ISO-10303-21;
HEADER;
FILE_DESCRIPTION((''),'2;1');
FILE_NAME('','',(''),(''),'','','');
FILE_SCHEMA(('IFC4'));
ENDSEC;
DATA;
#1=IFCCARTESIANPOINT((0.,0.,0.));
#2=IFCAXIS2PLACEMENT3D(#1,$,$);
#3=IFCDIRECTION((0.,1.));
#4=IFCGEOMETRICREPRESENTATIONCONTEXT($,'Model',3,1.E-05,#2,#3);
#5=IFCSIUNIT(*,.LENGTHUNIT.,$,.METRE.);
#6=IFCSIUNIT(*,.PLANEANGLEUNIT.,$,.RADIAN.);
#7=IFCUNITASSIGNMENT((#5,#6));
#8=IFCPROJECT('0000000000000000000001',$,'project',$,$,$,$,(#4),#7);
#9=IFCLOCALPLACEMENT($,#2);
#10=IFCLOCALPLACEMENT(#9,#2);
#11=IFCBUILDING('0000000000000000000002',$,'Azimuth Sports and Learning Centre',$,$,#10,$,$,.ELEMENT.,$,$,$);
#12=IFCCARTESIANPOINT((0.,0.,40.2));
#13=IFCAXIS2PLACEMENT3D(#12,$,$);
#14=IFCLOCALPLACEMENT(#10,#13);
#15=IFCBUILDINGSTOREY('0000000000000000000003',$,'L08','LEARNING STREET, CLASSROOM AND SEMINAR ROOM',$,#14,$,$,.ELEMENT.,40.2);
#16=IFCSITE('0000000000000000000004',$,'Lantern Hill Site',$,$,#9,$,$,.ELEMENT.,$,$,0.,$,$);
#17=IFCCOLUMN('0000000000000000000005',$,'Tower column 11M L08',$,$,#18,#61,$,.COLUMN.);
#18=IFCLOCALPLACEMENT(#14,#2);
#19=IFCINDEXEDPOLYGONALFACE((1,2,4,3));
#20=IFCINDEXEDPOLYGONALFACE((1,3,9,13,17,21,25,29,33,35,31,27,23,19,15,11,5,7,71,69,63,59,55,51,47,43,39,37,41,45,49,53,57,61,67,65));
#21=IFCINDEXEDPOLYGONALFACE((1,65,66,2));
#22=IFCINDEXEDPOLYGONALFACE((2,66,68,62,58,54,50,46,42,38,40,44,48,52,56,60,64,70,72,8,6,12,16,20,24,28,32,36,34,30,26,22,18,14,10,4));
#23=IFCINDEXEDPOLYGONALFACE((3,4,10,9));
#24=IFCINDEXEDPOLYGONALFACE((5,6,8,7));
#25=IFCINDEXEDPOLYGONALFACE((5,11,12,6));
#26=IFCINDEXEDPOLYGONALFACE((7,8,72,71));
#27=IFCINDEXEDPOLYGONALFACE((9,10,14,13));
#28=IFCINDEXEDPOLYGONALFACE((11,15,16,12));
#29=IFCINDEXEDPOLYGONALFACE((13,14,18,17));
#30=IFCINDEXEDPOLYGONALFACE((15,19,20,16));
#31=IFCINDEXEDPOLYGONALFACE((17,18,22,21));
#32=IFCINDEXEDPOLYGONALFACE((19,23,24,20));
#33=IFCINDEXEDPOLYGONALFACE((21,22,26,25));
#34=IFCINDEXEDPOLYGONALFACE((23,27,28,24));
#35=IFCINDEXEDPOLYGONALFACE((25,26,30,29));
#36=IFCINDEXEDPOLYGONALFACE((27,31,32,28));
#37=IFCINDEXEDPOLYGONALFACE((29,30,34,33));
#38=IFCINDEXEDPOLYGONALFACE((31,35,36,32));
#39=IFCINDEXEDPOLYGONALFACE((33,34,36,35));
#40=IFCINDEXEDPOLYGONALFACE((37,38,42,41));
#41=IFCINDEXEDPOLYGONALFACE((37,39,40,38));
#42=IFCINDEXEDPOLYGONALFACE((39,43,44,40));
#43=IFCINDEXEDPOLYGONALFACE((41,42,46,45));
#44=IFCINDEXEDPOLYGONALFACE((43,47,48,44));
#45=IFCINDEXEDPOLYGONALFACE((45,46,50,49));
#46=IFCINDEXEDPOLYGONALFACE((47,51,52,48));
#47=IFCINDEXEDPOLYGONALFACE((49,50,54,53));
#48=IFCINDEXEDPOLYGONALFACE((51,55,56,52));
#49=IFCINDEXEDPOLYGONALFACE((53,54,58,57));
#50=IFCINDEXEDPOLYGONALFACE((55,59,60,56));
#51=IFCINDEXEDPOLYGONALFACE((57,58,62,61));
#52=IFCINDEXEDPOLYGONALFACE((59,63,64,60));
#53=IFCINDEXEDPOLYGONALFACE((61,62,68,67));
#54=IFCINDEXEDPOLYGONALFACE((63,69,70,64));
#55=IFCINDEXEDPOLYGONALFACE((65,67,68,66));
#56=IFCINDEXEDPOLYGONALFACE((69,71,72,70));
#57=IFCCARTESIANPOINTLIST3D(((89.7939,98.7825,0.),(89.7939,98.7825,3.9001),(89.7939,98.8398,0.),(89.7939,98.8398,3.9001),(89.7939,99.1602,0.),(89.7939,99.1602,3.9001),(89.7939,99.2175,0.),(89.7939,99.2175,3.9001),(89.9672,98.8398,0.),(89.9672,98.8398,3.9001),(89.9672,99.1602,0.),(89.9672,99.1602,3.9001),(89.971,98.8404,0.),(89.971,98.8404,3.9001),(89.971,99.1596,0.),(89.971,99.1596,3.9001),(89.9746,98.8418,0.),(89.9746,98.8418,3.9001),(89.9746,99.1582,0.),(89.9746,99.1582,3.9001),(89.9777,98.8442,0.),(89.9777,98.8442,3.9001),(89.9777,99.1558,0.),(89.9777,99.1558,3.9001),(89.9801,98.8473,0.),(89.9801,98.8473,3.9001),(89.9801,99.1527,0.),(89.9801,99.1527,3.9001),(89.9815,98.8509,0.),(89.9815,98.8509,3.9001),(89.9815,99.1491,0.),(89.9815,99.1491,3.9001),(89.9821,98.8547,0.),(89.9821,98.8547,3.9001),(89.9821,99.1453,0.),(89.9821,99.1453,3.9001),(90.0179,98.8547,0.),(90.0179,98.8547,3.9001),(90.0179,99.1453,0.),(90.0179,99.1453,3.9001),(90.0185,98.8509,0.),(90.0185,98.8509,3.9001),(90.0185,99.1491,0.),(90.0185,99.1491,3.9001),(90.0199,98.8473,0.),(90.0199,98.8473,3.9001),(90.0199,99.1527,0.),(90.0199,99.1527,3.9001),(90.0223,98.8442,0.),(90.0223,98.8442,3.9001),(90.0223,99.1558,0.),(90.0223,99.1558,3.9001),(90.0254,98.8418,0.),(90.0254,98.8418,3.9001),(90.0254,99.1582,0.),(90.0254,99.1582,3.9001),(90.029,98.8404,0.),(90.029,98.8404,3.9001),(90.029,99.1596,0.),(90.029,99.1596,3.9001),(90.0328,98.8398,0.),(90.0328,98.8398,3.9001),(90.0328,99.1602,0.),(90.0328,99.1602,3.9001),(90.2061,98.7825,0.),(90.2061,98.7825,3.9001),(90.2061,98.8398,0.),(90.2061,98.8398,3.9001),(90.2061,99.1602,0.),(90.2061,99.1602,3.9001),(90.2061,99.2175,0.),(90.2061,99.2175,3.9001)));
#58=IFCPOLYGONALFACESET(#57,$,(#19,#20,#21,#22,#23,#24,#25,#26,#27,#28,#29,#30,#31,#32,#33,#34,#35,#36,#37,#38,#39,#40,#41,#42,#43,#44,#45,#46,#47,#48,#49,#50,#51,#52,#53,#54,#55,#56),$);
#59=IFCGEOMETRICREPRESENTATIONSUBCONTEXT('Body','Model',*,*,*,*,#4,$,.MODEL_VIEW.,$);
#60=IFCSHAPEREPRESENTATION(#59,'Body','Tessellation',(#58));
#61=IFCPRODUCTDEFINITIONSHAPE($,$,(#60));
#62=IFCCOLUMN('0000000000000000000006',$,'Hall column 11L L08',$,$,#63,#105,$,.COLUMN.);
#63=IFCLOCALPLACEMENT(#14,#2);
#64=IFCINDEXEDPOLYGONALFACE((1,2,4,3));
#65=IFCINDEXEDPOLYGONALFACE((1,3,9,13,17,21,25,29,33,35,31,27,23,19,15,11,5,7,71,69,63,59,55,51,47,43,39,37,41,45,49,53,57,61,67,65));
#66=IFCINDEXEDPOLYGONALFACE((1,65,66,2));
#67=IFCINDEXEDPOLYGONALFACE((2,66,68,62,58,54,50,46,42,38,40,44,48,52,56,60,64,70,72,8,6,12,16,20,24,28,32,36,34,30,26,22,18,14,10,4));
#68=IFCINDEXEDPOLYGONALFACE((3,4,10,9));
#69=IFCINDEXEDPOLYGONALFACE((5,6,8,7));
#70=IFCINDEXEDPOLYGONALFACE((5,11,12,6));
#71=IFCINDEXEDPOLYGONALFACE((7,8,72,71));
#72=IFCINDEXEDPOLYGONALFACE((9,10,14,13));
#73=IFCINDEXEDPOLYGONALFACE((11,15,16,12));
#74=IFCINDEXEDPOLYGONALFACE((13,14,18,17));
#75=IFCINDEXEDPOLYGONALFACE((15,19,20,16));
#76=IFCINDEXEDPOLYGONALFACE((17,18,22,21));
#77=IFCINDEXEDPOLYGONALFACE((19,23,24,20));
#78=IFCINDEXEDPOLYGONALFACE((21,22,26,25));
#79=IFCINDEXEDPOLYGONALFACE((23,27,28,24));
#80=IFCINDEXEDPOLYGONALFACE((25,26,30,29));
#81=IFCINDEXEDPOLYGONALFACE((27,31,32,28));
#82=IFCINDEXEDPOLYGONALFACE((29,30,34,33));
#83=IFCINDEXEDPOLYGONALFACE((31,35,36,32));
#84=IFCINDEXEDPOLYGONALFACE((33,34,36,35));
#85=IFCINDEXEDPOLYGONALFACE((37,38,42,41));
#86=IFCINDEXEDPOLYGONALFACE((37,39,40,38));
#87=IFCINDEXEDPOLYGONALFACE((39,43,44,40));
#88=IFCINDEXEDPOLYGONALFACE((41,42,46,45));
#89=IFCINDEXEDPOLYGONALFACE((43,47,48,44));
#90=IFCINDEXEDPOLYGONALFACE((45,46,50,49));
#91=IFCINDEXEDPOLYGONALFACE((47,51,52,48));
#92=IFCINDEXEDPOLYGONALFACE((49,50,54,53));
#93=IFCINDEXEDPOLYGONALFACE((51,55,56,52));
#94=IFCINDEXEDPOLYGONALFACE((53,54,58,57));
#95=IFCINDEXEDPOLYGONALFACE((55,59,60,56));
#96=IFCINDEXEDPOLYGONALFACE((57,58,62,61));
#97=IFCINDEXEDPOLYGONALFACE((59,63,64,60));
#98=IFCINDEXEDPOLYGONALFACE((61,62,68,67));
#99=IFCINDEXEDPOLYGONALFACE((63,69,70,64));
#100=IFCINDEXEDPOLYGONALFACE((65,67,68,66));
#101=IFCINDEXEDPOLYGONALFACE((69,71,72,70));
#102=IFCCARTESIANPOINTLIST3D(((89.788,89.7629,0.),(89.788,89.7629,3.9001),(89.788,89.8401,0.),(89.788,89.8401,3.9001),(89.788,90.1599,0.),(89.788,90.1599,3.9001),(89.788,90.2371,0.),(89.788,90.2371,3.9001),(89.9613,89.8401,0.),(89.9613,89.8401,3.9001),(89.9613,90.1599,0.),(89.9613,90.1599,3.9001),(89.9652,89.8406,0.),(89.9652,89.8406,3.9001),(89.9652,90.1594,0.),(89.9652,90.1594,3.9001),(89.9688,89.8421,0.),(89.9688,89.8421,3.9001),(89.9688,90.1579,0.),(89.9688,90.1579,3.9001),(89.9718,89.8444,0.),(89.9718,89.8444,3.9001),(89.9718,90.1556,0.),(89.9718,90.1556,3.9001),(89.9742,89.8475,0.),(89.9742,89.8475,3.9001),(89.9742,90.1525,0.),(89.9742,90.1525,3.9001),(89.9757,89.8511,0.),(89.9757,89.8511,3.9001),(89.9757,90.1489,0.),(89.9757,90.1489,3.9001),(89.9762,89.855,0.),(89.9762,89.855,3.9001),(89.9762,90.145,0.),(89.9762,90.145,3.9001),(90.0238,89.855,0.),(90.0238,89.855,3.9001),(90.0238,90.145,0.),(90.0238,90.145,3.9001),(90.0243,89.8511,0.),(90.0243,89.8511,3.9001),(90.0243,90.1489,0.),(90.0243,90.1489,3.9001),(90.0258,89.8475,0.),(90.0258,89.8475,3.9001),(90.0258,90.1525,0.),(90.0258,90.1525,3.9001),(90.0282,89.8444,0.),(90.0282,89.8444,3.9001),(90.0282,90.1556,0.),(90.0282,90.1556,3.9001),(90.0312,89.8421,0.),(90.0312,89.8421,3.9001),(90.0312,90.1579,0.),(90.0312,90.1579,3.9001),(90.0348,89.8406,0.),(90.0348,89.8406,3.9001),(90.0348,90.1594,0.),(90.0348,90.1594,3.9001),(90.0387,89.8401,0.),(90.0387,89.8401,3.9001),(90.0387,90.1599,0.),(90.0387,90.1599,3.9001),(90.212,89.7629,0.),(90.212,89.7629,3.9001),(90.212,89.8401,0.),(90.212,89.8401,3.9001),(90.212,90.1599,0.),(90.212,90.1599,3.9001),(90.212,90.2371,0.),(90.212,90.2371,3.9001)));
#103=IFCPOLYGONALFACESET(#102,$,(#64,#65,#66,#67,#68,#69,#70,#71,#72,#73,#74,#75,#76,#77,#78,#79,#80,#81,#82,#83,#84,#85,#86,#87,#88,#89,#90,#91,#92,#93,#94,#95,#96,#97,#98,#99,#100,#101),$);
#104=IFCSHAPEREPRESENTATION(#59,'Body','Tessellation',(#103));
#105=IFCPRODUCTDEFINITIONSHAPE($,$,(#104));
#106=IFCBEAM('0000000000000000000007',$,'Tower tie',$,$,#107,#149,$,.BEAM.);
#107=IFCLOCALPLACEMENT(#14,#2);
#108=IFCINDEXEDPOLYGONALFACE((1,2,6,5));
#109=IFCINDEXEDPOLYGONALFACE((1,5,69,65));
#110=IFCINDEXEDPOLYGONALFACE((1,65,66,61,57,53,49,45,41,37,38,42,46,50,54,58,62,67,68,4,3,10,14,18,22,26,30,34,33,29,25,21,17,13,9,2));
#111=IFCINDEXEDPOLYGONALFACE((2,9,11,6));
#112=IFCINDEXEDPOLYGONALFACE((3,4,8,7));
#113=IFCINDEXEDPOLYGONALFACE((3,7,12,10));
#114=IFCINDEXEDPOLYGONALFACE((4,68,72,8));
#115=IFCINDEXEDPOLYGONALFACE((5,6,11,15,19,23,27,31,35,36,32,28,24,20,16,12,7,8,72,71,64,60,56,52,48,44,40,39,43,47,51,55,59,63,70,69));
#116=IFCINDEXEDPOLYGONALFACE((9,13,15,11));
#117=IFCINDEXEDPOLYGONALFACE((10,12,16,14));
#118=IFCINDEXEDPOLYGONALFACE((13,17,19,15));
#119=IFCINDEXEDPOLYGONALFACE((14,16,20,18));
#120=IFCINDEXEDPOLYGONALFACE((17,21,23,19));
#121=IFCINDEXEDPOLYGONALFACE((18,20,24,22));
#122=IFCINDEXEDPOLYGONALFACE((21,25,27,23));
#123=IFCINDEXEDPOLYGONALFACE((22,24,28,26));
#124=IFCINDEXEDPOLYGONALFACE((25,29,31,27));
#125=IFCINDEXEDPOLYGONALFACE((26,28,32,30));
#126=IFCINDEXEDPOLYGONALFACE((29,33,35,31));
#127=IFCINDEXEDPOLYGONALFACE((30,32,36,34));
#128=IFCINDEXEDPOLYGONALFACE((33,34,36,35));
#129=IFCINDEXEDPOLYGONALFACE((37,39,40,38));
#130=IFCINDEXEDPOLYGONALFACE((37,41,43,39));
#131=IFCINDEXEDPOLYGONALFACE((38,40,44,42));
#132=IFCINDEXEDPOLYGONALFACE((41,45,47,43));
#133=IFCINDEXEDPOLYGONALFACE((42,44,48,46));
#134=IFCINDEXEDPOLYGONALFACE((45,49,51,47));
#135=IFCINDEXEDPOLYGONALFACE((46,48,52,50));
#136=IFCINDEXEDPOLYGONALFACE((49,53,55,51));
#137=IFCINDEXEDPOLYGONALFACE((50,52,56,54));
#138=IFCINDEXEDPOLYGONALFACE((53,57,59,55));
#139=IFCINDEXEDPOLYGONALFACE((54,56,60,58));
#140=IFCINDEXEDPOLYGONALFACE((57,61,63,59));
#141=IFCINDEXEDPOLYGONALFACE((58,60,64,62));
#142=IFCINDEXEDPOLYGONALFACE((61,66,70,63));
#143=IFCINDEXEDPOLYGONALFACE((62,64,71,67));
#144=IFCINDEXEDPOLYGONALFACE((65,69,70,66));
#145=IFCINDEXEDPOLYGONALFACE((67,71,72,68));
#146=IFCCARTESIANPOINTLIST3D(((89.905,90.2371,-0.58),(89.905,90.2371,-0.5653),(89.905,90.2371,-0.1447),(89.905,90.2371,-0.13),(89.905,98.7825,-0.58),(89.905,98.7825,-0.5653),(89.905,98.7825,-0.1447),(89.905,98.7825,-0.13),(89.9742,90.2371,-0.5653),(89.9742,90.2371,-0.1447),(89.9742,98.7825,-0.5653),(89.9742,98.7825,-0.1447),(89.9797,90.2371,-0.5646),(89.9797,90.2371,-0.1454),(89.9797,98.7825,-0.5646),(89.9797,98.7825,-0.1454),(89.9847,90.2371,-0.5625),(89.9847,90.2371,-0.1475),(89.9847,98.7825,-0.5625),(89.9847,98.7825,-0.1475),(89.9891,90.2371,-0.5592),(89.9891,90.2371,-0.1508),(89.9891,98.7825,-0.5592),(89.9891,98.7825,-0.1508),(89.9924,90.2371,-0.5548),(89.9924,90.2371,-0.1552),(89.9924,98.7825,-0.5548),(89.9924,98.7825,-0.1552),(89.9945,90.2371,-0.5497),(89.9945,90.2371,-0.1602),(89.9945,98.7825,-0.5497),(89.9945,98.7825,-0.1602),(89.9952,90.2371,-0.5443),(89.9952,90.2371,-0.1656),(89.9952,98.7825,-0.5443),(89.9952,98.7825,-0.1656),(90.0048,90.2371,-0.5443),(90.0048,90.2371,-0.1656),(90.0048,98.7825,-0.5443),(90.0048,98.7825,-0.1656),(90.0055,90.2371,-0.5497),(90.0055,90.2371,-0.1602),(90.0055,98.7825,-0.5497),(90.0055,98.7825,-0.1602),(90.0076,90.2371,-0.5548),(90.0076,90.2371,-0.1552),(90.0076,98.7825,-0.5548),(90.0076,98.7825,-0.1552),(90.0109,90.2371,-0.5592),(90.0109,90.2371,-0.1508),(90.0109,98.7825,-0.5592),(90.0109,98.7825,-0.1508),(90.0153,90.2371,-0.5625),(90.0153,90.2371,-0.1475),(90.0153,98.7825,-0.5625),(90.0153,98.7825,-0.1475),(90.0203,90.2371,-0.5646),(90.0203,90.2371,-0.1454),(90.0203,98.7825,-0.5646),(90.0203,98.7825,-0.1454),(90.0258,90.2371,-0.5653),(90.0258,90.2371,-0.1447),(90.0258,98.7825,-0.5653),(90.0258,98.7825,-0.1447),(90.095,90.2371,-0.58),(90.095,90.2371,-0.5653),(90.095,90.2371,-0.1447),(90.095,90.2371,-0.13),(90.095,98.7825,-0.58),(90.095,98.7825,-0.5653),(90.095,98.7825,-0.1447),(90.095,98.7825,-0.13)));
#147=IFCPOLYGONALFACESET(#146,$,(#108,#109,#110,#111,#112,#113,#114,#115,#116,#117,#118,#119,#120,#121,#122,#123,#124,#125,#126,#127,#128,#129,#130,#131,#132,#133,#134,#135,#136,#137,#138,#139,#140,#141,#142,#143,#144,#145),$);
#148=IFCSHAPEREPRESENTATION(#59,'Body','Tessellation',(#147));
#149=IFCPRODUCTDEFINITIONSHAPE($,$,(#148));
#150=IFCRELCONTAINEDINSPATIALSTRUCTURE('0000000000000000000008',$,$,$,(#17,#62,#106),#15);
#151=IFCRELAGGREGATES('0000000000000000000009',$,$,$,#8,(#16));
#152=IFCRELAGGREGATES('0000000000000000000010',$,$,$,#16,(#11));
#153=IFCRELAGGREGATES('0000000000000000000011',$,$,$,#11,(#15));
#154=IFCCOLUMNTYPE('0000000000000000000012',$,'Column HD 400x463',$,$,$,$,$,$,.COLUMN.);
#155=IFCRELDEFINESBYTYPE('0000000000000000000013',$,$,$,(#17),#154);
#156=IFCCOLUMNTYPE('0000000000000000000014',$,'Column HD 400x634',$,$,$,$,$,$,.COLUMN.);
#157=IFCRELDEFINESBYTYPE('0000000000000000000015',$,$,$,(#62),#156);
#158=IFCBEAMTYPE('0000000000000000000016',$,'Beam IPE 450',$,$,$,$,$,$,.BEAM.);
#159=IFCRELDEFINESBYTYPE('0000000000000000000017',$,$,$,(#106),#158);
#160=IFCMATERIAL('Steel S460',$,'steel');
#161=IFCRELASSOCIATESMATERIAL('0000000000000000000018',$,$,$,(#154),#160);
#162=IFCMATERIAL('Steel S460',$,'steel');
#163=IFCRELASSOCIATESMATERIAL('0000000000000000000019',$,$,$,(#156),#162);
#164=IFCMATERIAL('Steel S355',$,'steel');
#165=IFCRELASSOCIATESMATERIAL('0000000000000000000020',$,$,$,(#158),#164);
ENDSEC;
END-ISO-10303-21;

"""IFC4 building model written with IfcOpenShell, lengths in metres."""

from ifc_helpers import new_model, si_unit, direction, frame, origin, origin_2d, place, context, subcontext, project, spatial, i_section, extrude, material, material_profile, profile_set, type_object, element, save


model = new_model("IFC4")

# Units and contexts
model_context = context("Model", 3, precision=1e-05, world=origin(), true_north=direction((0.0, 1.0)))
body_context = subcontext(model_context, "Body", "Model", "MODEL_VIEW")
ifc_project = project(units=[si_unit("LENGTHUNIT", "METRE"), si_unit("PLANEANGLEUNIT", "RADIAN")], contexts=[model_context])

# Site, building, storey
site_placement = place(None, origin())
site = spatial("IfcSite", under=ifc_project, at=site_placement, Name="Lantern Hill Site", CompositionType="ELEMENT", RefElevation=0.0)
building_placement = place(site_placement, origin())
building = spatial("IfcBuilding", under=site, at=building_placement, Name="Azimuth Sports and Learning Centre", CompositionType="ELEMENT")
storey_placement = place(building_placement, frame((0.0, 0.0, 40.2)))
storey = spatial("IfcBuildingStorey", under=building, at=storey_placement, Name="L08", Description="LEARNING STREET, CLASSROOM AND SEMINAR ROOM", CompositionType="ELEMENT", Elevation=40.2)

# Columns
ifc_material_1 = material(Name="Steel S460", Category="steel")
ifc_material_profile_1 = material_profile(ifc_material_1, i_section(OverallWidth=0.4121, OverallDepth=0.4351, WebThickness=0.0359, FlangeThickness=0.0574, FilletRadius=0.0149, at=origin_2d()), Name="HD 400x463")
ifc_profile_set_1 = profile_set([ifc_material_profile_1], Name="Steel S460")
column_type_1 = type_object("IfcColumnType", Name="Column HD 400x463", PredefinedType="COLUMN", material=ifc_profile_set_1)
column_1_placement = place(storey_placement, frame((90.0, 99.0, 0.0), z_axis=(0.0, 0.0, 1.0), x_axis=(1.0, 0.0, 0.0)))
element("IfcColumn", 1, at=column_1_placement, inside=storey, type_object=column_type_1, Name="Tower column 11M L08", PredefinedType="COLUMN", context=body_context, shape_type="SweptSolid", body=[
    extrude(i_section(OverallWidth=0.4121, OverallDepth=0.4351, WebThickness=0.0359, FlangeThickness=0.0574, FilletRadius=0.0149, at=origin_2d()), origin(), (0.0, 0.0, 1.0), 3.9001),
])
ifc_material_2 = material(Name="Steel S460", Category="steel")
ifc_material_profile_2 = material_profile(ifc_material_2, i_section(OverallWidth=0.4241, OverallDepth=0.4741, WebThickness=0.0476, FlangeThickness=0.0771, FilletRadius=0.0149, at=origin_2d()), Name="HD 400x634")
ifc_profile_set_2 = profile_set([ifc_material_profile_2], Name="Steel S460")
column_type_2 = type_object("IfcColumnType", Name="Column HD 400x634", PredefinedType="COLUMN", material=ifc_profile_set_2)
column_2_placement = place(storey_placement, frame((90.0, 90.0, 0.0), z_axis=(0.0, 0.0, 1.0), x_axis=(1.0, 0.0, 0.0)))
element("IfcColumn", 2, at=column_2_placement, inside=storey, type_object=column_type_2, Name="Hall column 11L L08", PredefinedType="COLUMN", context=body_context, shape_type="SweptSolid", body=[
    extrude(i_section(OverallWidth=0.4241, OverallDepth=0.4741, WebThickness=0.0476, FlangeThickness=0.0771, FilletRadius=0.0149, at=origin_2d()), origin(), (0.0, 0.0, 1.0), 3.9001),
])

# Beam
ifc_material_3 = material(Name="Steel S355", Category="steel")
ifc_material_profile_3 = material_profile(ifc_material_3, i_section(OverallWidth=0.1899, OverallDepth=0.45, WebThickness=0.0095, FlangeThickness=0.0146, FilletRadius=0.021, at=origin_2d()), Name="IPE 450")
ifc_profile_set_3 = profile_set([ifc_material_profile_3], Name="Steel S355")
beam_type_1 = type_object("IfcBeamType", Name="Beam IPE 450", PredefinedType="BEAM", material=ifc_profile_set_3)
beam_1_placement = place(storey_placement, frame((90.0, 90.2371, -0.355), z_axis=(0.0, 1.0, 0.0), x_axis=(-1.0, 0.0, 0.0)))
element("IfcBeam", 3, at=beam_1_placement, inside=storey, type_object=beam_type_1, Name="Tower tie", PredefinedType="BEAM", context=body_context, shape_type="SweptSolid", body=[
    extrude(i_section(OverallWidth=0.1899, OverallDepth=0.45, WebThickness=0.0095, FlangeThickness=0.0146, FilletRadius=0.021, at=origin_2d()), origin(), (0.0, 0.0, 1.0), 8.5454),
])

save(model, "model.ifc")
